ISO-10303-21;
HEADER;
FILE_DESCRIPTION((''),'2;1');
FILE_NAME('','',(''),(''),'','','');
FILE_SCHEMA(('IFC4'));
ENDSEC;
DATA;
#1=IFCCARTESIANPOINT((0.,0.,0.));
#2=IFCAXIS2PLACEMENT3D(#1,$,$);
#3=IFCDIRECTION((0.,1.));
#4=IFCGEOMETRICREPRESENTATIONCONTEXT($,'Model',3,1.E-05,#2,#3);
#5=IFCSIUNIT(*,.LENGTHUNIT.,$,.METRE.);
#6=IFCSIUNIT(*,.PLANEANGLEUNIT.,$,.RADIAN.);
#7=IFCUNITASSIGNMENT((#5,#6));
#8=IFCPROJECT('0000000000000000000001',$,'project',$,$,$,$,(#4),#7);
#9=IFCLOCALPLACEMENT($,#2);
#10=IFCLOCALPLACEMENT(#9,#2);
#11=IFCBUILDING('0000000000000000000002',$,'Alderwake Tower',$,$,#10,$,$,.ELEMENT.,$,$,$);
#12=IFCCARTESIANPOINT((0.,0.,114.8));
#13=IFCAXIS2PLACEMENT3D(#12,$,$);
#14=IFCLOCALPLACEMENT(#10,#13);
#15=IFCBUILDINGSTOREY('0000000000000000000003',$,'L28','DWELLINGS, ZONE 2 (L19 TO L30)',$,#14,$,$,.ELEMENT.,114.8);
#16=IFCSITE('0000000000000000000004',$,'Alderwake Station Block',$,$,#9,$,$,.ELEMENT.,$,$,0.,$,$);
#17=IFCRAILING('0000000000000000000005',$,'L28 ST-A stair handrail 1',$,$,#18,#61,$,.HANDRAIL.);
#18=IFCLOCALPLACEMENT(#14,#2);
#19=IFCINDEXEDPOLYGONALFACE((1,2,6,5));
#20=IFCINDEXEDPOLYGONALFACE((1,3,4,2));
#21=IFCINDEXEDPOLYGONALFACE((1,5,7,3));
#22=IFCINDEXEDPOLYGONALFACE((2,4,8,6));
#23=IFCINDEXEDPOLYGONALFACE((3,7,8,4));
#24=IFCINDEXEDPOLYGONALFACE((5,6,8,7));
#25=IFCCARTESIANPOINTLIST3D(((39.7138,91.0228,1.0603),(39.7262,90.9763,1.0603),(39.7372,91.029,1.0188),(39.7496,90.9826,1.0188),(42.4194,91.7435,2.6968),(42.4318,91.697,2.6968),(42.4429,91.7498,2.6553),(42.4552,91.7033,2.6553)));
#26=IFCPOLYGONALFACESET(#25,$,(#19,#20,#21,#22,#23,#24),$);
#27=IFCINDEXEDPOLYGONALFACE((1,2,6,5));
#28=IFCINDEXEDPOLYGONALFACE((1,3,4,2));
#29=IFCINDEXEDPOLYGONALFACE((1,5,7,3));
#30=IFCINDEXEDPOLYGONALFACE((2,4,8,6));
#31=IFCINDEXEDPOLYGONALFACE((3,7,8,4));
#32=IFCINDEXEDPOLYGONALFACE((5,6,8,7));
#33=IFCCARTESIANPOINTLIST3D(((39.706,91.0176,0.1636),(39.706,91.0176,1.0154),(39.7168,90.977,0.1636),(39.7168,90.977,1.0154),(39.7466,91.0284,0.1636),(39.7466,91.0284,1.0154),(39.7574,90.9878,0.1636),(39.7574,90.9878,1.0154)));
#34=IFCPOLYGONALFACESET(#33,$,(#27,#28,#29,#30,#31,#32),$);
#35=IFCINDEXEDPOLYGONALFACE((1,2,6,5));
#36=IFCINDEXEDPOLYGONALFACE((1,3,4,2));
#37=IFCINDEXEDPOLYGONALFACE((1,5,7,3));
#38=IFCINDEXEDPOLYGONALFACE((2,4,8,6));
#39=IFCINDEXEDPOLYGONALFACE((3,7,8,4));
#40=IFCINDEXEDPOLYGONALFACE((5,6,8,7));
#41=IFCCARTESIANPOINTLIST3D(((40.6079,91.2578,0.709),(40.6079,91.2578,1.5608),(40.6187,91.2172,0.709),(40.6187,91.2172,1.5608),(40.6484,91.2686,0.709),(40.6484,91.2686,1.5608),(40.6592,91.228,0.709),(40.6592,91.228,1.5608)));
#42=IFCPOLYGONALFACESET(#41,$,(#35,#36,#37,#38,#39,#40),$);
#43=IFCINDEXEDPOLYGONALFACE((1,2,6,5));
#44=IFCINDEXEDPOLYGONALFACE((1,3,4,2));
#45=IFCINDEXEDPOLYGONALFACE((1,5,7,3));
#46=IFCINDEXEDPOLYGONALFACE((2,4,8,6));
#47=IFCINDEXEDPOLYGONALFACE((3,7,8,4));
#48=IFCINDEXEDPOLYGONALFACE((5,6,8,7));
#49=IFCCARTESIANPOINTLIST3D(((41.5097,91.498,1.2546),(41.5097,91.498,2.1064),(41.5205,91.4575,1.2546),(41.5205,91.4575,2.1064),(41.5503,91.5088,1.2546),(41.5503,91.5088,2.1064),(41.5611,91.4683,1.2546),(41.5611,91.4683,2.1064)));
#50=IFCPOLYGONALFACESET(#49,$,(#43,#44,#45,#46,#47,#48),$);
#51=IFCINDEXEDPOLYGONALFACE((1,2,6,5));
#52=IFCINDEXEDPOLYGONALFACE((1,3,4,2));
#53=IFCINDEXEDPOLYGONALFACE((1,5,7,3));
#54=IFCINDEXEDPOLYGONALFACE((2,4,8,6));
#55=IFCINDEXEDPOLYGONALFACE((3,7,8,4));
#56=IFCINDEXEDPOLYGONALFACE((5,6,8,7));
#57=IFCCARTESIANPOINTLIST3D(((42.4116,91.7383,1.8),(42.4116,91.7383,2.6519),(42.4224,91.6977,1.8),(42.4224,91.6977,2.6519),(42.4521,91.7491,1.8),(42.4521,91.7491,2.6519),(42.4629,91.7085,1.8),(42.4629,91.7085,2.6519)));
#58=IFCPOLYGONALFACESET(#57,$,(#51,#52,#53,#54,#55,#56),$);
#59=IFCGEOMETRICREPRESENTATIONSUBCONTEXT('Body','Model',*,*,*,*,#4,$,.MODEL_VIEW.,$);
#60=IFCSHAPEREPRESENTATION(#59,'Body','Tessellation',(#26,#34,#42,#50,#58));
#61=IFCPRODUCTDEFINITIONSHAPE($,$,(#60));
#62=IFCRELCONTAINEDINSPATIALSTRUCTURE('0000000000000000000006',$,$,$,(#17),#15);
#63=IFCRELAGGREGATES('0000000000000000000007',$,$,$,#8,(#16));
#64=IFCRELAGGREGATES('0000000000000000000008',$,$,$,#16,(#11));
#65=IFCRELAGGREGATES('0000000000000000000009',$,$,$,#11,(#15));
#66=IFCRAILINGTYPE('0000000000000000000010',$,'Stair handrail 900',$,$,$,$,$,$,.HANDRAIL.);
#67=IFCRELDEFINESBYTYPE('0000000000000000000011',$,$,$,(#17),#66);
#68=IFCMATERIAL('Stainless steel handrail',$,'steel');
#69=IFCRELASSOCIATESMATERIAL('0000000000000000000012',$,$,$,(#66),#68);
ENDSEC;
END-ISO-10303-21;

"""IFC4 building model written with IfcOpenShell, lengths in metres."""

from ifc_helpers import new_model, si_unit, direction, frame, origin, origin_2d, place, context, subcontext, project, spatial, rectangle, extrude, material, type_object, element, save


model = new_model("IFC4")

# Units and contexts
model_context = context("Model", 3, precision=1e-05, world=origin(), true_north=direction((0.0, 1.0)))
body_context = subcontext(model_context, "Body", "Model", "MODEL_VIEW")
ifc_project = project(units=[si_unit("LENGTHUNIT", "METRE"), si_unit("PLANEANGLEUNIT", "RADIAN")], contexts=[model_context])

# Site, building, storey
site_placement = place(None, origin())
site = spatial("IfcSite", under=ifc_project, at=site_placement, Name="Alderwake Station Block", CompositionType="ELEMENT", RefElevation=0.0)
building_placement = place(site_placement, origin())
building = spatial("IfcBuilding", under=site, at=building_placement, Name="Alderwake Tower", CompositionType="ELEMENT")
storey_placement = place(building_placement, frame((0.0, 0.0, 114.8)))
storey = spatial("IfcBuildingStorey", under=building, at=storey_placement, Name="L28", Description="DWELLINGS, ZONE 2 (L19 TO L30)", CompositionType="ELEMENT", Elevation=114.8)

# Railing
ifc_material_1 = material(Name="Stainless steel handrail", Category="steel")
railing_type_1 = type_object("IfcRailingType", Name="Stair handrail 900", PredefinedType="HANDRAIL", material=ifc_material_1)
railing_1_placement = place(storey_placement, frame((39.7317, 91.0027, 0.1636)))
element("IfcRailing", 1, at=railing_1_placement, inside=storey, type_object=railing_type_1, Name="L28 ST-A stair handrail 1", PredefinedType="HANDRAIL", context=body_context, shape_type="SweptSolid", body=[
    extrude(rectangle(XDim=0.0481, YDim=0.0481, at=origin_2d()), frame((0.0, 0.0, 0.876), z_axis=(0.834259, 0.222228, 0.504605), x_axis=(-0.257402, 0.966304, 0.0)), (0.0, 0.0, 1.0), 3.2432),
    extrude(rectangle(XDim=0.042, YDim=0.042, at=origin_2d()), frame((0.0, 0.0, 0.0), z_axis=(0.0, 0.0, 1.0), x_axis=(0.966304, 0.257402, 0.0)), (0.0, 0.0, 1.0), 0.8518),
    extrude(rectangle(XDim=0.042, YDim=0.042, at=origin_2d()), frame((0.9019, 0.2402, 0.5454), z_axis=(0.0, 0.0, 1.0), x_axis=(0.966304, 0.257402, 0.0)), (0.0, 0.0, 1.0), 0.8518),
    extrude(rectangle(XDim=0.042, YDim=0.042, at=origin_2d()), frame((1.8037, 0.4805, 1.0911), z_axis=(0.0, 0.0, 1.0), x_axis=(0.966304, 0.257402, 0.0)), (0.0, 0.0, 1.0), 0.8518),
    extrude(rectangle(XDim=0.042, YDim=0.042, at=origin_2d()), frame((2.7056, 0.7207, 1.6365), z_axis=(0.0, 0.0, 1.0), x_axis=(0.966304, 0.257402, 0.0)), (0.0, 0.0, 1.0), 0.8518),
])

save(model, "model.ifc")
